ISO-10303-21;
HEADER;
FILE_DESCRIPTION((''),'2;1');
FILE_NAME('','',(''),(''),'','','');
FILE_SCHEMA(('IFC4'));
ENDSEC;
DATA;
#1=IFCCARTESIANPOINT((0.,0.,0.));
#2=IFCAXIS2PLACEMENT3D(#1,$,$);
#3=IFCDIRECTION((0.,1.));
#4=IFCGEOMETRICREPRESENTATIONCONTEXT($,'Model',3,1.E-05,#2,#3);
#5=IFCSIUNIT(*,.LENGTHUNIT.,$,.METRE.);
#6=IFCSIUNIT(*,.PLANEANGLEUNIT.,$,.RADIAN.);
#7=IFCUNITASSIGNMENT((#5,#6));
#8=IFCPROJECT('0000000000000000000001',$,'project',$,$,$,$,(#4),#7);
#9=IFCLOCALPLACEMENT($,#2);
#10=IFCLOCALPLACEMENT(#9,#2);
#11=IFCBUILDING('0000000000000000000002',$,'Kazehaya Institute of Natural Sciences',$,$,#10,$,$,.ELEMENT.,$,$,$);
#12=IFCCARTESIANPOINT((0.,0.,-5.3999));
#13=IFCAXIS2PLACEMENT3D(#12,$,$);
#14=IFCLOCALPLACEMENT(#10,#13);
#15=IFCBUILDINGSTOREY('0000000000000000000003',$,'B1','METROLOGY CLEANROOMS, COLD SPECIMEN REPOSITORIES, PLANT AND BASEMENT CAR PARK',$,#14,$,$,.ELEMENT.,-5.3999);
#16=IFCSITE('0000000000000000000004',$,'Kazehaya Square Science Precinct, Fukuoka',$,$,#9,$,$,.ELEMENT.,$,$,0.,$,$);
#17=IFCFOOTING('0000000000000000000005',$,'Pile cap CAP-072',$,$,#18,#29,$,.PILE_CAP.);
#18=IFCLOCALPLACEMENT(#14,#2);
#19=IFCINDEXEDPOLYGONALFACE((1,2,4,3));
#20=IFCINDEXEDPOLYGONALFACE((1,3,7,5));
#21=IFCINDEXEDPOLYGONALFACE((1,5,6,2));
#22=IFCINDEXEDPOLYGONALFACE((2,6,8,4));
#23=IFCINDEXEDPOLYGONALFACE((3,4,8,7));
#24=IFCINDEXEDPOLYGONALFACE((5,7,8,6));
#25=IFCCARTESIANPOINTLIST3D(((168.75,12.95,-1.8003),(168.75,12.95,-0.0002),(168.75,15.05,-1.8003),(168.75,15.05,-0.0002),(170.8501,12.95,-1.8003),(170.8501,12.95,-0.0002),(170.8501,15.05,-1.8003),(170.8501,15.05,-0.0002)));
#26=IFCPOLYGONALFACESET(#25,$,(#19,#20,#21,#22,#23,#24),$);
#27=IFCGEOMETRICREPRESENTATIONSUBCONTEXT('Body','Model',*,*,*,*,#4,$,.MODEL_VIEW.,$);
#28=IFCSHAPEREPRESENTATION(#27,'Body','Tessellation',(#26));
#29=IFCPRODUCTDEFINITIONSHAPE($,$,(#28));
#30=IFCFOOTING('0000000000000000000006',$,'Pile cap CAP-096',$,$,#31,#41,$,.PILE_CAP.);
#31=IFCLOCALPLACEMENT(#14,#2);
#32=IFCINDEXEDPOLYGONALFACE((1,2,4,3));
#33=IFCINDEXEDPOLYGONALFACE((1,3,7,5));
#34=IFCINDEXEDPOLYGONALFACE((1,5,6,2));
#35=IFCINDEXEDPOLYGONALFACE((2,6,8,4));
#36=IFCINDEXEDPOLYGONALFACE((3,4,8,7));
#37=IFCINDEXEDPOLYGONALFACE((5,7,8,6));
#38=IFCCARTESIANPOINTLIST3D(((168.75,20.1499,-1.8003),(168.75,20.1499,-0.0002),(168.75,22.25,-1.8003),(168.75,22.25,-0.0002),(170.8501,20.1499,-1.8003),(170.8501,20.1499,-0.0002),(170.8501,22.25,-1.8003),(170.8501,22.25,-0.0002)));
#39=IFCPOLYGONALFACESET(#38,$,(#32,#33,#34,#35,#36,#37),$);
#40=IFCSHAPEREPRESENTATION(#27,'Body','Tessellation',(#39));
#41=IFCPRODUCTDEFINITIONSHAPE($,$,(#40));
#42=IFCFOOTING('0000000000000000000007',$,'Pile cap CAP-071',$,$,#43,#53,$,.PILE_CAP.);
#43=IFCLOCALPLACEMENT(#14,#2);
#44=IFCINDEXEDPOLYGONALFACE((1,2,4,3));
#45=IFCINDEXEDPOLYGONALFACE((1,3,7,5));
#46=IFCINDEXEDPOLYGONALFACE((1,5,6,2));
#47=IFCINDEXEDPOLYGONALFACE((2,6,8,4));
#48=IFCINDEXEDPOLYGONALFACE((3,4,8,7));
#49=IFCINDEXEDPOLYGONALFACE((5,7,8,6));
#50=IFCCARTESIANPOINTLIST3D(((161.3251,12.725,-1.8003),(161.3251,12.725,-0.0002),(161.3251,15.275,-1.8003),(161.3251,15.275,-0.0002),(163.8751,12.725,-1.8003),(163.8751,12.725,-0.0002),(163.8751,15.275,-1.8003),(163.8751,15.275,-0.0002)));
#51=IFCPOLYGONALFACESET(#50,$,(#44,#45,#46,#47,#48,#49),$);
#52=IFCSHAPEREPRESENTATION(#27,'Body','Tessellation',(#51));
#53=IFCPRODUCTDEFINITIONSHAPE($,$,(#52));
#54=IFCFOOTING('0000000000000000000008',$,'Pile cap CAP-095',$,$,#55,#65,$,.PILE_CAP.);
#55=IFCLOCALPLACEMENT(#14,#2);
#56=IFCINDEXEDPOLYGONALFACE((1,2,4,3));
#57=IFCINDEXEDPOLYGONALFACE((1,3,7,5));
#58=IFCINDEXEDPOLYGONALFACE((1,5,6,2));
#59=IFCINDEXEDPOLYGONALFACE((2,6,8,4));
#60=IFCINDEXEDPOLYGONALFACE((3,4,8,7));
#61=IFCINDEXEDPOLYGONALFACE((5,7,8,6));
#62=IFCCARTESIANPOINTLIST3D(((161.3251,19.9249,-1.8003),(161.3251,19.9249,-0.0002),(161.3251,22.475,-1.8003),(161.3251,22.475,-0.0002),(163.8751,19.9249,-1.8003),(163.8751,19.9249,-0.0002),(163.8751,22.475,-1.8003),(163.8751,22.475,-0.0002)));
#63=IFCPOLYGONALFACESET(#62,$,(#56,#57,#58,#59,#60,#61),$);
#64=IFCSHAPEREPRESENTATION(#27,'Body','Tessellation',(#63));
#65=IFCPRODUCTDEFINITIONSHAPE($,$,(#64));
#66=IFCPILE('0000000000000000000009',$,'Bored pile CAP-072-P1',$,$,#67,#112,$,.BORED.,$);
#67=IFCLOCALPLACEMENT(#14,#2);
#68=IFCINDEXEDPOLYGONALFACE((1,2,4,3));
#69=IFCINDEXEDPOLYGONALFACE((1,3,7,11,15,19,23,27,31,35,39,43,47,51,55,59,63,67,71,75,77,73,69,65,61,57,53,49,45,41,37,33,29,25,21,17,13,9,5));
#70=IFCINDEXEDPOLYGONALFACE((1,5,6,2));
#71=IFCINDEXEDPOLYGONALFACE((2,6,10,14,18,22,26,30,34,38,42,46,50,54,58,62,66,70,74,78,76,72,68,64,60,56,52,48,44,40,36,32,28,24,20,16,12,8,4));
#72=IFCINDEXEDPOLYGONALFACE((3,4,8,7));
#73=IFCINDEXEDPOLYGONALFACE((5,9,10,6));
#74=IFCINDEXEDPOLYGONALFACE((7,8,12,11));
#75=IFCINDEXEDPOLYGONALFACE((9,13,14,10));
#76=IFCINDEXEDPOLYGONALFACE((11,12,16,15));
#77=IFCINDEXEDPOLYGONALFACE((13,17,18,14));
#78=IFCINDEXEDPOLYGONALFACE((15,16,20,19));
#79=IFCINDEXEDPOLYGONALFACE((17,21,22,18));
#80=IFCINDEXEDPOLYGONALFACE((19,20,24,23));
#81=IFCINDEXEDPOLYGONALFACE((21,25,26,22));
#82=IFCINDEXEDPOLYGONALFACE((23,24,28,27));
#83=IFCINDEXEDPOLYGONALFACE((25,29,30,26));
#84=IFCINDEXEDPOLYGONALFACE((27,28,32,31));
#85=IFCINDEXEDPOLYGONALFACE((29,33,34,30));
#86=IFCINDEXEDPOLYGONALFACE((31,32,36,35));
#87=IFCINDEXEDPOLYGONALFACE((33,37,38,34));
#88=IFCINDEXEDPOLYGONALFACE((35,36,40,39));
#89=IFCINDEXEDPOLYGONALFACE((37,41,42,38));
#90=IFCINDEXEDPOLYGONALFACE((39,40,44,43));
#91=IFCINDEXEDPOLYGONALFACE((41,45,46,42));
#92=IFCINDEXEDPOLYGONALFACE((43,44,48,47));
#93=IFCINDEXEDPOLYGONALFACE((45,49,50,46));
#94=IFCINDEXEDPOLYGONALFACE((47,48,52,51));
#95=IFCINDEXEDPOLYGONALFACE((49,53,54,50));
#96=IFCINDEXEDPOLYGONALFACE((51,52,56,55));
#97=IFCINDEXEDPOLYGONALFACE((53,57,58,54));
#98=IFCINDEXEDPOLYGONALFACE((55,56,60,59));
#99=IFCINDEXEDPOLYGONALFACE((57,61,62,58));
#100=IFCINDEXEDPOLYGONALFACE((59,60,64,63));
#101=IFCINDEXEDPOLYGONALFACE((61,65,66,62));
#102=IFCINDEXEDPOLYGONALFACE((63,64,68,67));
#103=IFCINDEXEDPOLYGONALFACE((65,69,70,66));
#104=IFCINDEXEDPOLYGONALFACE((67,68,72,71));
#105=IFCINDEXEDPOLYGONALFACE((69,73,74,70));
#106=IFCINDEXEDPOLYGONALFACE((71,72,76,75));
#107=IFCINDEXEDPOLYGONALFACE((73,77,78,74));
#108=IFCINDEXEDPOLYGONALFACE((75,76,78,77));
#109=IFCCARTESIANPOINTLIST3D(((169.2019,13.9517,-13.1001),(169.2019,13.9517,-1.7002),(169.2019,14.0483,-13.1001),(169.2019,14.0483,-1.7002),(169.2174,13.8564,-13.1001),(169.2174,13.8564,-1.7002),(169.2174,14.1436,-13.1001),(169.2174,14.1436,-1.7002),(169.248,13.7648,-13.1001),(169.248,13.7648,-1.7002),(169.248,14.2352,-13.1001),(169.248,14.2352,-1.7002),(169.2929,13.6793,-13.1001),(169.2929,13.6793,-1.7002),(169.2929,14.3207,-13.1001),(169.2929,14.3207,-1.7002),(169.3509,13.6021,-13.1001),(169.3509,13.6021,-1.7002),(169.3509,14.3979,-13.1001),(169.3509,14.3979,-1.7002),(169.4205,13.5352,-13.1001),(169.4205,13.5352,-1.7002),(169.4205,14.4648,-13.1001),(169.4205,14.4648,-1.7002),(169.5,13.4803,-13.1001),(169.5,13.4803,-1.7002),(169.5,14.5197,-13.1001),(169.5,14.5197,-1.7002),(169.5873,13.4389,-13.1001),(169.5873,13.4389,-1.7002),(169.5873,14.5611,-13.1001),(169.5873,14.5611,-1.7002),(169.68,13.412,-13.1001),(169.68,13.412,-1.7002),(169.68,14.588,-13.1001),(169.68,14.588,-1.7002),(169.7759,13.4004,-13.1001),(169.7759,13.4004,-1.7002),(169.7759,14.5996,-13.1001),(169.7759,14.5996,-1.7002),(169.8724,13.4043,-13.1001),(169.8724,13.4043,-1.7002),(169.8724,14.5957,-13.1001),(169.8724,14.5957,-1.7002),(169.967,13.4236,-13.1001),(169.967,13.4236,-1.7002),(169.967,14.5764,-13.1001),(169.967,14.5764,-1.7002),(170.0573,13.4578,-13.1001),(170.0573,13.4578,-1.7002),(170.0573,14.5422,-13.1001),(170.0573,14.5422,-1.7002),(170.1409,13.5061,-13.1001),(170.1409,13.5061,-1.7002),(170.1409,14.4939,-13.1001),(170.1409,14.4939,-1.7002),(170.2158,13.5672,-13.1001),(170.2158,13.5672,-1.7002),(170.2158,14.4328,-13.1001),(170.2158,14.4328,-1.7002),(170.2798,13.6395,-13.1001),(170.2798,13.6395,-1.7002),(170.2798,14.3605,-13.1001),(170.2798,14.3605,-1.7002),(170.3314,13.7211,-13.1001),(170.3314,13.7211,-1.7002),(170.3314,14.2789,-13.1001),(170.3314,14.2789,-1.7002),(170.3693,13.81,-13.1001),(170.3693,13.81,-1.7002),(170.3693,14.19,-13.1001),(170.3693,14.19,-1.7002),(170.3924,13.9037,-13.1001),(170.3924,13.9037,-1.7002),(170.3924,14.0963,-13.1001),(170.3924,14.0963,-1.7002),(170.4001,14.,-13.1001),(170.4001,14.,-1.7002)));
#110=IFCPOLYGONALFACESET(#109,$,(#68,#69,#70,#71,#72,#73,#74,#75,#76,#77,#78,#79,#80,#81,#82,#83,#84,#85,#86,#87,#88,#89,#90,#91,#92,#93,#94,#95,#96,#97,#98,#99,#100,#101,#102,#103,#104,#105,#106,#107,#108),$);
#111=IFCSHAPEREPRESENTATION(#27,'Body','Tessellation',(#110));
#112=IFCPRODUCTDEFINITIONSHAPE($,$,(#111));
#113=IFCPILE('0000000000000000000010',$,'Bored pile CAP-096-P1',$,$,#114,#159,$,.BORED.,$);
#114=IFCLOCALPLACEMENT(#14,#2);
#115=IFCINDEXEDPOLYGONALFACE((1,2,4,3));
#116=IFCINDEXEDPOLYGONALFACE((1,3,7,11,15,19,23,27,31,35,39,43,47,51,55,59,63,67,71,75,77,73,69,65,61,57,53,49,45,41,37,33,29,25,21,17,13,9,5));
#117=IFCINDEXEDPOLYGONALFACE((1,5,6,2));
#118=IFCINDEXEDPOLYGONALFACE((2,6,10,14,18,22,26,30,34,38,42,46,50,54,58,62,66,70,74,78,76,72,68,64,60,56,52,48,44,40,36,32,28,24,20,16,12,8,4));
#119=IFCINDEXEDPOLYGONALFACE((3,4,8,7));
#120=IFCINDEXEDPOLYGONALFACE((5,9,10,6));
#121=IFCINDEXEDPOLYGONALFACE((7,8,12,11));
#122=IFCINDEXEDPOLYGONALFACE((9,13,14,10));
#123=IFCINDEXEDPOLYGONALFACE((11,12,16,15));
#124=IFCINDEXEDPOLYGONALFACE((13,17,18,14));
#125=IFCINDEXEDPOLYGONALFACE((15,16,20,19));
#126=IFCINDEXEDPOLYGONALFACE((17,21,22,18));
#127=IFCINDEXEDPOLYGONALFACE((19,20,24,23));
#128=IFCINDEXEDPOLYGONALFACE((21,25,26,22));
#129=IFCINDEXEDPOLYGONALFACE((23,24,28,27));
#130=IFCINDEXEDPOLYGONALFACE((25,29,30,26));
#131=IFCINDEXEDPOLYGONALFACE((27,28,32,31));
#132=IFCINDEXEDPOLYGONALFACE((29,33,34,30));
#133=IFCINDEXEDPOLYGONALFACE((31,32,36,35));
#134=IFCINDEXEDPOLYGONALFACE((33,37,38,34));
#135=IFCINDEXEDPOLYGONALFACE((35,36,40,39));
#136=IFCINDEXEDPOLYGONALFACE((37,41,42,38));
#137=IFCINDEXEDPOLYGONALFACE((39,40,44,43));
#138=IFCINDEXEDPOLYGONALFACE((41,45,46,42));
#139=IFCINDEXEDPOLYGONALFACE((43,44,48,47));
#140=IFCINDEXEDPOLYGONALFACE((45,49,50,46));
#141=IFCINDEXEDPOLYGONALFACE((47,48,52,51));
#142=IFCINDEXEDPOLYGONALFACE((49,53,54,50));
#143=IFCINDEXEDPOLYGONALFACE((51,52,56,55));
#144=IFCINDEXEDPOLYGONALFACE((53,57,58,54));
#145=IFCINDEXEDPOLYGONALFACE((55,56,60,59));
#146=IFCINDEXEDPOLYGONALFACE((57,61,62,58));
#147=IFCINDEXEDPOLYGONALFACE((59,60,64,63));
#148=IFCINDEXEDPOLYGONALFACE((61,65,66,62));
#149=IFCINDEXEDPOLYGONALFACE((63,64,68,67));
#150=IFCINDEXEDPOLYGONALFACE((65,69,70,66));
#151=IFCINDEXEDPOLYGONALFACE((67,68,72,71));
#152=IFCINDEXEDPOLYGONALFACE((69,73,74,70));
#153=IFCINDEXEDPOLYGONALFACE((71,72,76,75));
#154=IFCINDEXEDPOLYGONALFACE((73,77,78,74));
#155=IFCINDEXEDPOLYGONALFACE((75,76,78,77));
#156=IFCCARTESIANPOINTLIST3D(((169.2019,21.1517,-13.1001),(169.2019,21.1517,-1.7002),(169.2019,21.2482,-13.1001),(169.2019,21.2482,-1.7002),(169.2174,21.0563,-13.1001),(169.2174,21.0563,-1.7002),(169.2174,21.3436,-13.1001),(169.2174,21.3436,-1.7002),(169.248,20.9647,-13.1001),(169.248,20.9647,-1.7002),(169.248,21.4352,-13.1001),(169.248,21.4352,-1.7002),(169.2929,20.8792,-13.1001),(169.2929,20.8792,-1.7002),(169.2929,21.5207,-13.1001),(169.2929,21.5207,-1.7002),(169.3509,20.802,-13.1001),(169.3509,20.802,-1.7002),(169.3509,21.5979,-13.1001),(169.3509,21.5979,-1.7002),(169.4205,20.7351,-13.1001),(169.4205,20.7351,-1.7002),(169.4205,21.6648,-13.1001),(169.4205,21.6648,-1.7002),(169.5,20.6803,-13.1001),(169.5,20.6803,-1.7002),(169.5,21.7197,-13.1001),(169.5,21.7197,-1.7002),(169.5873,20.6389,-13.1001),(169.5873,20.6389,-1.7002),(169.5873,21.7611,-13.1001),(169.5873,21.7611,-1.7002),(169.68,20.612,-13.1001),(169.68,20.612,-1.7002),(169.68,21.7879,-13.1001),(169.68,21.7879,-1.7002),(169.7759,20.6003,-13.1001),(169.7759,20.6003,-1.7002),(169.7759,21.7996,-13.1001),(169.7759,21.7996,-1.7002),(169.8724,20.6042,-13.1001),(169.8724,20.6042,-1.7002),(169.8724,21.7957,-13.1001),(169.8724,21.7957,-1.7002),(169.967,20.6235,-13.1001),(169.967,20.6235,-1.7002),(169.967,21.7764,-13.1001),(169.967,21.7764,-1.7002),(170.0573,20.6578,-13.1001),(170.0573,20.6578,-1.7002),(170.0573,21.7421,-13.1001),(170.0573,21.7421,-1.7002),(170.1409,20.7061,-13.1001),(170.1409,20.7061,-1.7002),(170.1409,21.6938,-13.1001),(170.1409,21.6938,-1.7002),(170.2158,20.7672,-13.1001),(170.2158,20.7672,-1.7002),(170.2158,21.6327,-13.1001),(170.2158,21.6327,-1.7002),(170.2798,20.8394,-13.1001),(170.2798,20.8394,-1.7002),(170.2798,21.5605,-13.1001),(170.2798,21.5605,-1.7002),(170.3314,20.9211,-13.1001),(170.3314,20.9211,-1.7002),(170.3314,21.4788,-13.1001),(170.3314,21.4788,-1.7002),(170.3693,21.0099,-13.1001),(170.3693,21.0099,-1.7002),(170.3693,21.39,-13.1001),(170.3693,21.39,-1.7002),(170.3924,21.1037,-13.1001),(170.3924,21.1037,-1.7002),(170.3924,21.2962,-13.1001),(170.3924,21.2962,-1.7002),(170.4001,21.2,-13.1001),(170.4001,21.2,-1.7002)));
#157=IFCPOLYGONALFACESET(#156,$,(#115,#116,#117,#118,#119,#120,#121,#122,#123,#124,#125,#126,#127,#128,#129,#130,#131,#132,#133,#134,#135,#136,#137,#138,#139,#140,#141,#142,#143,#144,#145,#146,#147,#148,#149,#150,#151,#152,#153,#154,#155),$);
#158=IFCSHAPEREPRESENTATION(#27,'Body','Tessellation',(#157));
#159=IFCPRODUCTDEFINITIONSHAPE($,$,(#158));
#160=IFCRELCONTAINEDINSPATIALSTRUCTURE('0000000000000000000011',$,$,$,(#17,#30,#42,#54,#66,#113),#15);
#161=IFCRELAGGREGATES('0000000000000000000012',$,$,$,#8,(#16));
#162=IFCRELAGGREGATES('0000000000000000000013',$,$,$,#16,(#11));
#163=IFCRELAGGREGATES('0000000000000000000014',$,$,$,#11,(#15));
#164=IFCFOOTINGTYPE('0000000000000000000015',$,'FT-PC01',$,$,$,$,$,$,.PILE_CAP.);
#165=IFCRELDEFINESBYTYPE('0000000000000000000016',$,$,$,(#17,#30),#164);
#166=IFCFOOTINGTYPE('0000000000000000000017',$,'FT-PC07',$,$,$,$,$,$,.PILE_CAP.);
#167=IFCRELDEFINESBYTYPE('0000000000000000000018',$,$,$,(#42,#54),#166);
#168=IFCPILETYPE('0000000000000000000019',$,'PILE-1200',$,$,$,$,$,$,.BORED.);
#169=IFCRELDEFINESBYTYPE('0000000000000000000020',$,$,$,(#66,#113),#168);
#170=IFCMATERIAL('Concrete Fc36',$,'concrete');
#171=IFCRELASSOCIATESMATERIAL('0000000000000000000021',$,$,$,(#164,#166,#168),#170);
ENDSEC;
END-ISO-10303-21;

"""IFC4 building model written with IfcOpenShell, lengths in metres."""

from ifc_helpers import new_model, si_unit, direction, frame, origin, origin_2d, place, context, subcontext, project, spatial, rectangle, circle, extrude, material, material_profile, profile_set, type_object, element, save


model = new_model("IFC4")

# Units and contexts
model_context = context("Model", 3, precision=1e-05, world=origin(), true_north=direction((0.0, 1.0)))
body_context = subcontext(model_context, "Body", "Model", "MODEL_VIEW")
ifc_project = project(units=[si_unit("LENGTHUNIT", "METRE"), si_unit("PLANEANGLEUNIT", "RADIAN")], contexts=[model_context])

# Site, building, storey
site_placement = place(None, origin())
site = spatial("IfcSite", under=ifc_project, at=site_placement, Name="Kazehaya Square Science Precinct, Fukuoka", CompositionType="ELEMENT", RefElevation=0.0)
building_placement = place(site_placement, origin())
building = spatial("IfcBuilding", under=site, at=building_placement, Name="Kazehaya Institute of Natural Sciences", CompositionType="ELEMENT")
storey_placement = place(building_placement, frame((0.0, 0.0, -5.3999)))
storey = spatial("IfcBuildingStorey", under=building, at=storey_placement, Name="B1", Description="METROLOGY CLEANROOMS, COLD SPECIMEN REPOSITORIES, PLANT AND BASEMENT CAR PARK", CompositionType="ELEMENT", Elevation=-5.3999)

# Footings
ifc_material_1 = material(Name="Concrete Fc36", Category="concrete")
footing_type_1 = type_object("IfcFootingType", Name="FT-PC01", PredefinedType="PILE_CAP", material=ifc_material_1)
for number, where, z_axis, x_axis, name in (
    (1, (169.8, 14.0, -1.8003), (0.0, 0.0, 1.0), (1.0, 0.0, 0.0), "Pile cap CAP-072"),
    (2, (169.8, 21.2, -1.8003), (0.0, 0.0, 1.0), (1.0, 0.0, 0.0), "Pile cap CAP-096"),
):
    element("IfcFooting", number, at=place(storey_placement, frame(where, z_axis=z_axis, x_axis=x_axis)), inside=storey, type_object=footing_type_1, Name=name, PredefinedType="PILE_CAP", context=body_context, shape_type="SweptSolid", body=[
        extrude(rectangle(XDim=2.1001, YDim=2.1001, at=origin_2d()), origin(), (0.0, 0.0, 1.0), 1.8),
    ])
footing_type_2 = type_object("IfcFootingType", Name="FT-PC07", PredefinedType="PILE_CAP", material=ifc_material_1)
for number, where, z_axis, x_axis, name in (
    (3, (162.6001, 14.0, -1.8003), (0.0, 0.0, 1.0), (1.0, 0.0, 0.0), "Pile cap CAP-071"),
    (4, (162.6001, 21.2, -1.8003), (0.0, 0.0, 1.0), (1.0, 0.0, 0.0), "Pile cap CAP-095"),
):
    element("IfcFooting", number, at=place(storey_placement, frame(where, z_axis=z_axis, x_axis=x_axis)), inside=storey, type_object=footing_type_2, Name=name, PredefinedType="PILE_CAP", context=body_context, shape_type="SweptSolid", body=[
        extrude(rectangle(XDim=2.55, YDim=2.55, at=origin_2d()), origin(), (0.0, 0.0, 1.0), 1.8),
    ])

# Piles
ifc_material_profile_1 = material_profile(ifc_material_1, circle(Radius=0.6001, at=origin_2d()), Name="PILE-1200")
ifc_profile_set_1 = profile_set([ifc_material_profile_1], Name="Concrete Fc36")
pile_type_1 = type_object("IfcPileType", Name="PILE-1200", PredefinedType="BORED", material=ifc_profile_set_1)
for number, where, z_axis, x_axis, name in (
    (5, (169.8, 14.0, -1.7002), (0.0, 0.0, -1.0), (1.0, 0.0, 0.0), "Bored pile CAP-072-P1"),
    (6, (169.8, 21.2, -1.7002), (0.0, 0.0, -1.0), (1.0, 0.0, 0.0), "Bored pile CAP-096-P1"),
):
    element("IfcPile", number, at=place(storey_placement, frame(where, z_axis=z_axis, x_axis=x_axis)), inside=storey, type_object=pile_type_1, Name=name, PredefinedType="BORED", context=body_context, shape_type="SweptSolid", body=[
        extrude(circle(Radius=0.6001, at=origin_2d()), origin(), (0.0, 0.0, 1.0), 11.3999),
    ])

save(model, "model.ifc")
